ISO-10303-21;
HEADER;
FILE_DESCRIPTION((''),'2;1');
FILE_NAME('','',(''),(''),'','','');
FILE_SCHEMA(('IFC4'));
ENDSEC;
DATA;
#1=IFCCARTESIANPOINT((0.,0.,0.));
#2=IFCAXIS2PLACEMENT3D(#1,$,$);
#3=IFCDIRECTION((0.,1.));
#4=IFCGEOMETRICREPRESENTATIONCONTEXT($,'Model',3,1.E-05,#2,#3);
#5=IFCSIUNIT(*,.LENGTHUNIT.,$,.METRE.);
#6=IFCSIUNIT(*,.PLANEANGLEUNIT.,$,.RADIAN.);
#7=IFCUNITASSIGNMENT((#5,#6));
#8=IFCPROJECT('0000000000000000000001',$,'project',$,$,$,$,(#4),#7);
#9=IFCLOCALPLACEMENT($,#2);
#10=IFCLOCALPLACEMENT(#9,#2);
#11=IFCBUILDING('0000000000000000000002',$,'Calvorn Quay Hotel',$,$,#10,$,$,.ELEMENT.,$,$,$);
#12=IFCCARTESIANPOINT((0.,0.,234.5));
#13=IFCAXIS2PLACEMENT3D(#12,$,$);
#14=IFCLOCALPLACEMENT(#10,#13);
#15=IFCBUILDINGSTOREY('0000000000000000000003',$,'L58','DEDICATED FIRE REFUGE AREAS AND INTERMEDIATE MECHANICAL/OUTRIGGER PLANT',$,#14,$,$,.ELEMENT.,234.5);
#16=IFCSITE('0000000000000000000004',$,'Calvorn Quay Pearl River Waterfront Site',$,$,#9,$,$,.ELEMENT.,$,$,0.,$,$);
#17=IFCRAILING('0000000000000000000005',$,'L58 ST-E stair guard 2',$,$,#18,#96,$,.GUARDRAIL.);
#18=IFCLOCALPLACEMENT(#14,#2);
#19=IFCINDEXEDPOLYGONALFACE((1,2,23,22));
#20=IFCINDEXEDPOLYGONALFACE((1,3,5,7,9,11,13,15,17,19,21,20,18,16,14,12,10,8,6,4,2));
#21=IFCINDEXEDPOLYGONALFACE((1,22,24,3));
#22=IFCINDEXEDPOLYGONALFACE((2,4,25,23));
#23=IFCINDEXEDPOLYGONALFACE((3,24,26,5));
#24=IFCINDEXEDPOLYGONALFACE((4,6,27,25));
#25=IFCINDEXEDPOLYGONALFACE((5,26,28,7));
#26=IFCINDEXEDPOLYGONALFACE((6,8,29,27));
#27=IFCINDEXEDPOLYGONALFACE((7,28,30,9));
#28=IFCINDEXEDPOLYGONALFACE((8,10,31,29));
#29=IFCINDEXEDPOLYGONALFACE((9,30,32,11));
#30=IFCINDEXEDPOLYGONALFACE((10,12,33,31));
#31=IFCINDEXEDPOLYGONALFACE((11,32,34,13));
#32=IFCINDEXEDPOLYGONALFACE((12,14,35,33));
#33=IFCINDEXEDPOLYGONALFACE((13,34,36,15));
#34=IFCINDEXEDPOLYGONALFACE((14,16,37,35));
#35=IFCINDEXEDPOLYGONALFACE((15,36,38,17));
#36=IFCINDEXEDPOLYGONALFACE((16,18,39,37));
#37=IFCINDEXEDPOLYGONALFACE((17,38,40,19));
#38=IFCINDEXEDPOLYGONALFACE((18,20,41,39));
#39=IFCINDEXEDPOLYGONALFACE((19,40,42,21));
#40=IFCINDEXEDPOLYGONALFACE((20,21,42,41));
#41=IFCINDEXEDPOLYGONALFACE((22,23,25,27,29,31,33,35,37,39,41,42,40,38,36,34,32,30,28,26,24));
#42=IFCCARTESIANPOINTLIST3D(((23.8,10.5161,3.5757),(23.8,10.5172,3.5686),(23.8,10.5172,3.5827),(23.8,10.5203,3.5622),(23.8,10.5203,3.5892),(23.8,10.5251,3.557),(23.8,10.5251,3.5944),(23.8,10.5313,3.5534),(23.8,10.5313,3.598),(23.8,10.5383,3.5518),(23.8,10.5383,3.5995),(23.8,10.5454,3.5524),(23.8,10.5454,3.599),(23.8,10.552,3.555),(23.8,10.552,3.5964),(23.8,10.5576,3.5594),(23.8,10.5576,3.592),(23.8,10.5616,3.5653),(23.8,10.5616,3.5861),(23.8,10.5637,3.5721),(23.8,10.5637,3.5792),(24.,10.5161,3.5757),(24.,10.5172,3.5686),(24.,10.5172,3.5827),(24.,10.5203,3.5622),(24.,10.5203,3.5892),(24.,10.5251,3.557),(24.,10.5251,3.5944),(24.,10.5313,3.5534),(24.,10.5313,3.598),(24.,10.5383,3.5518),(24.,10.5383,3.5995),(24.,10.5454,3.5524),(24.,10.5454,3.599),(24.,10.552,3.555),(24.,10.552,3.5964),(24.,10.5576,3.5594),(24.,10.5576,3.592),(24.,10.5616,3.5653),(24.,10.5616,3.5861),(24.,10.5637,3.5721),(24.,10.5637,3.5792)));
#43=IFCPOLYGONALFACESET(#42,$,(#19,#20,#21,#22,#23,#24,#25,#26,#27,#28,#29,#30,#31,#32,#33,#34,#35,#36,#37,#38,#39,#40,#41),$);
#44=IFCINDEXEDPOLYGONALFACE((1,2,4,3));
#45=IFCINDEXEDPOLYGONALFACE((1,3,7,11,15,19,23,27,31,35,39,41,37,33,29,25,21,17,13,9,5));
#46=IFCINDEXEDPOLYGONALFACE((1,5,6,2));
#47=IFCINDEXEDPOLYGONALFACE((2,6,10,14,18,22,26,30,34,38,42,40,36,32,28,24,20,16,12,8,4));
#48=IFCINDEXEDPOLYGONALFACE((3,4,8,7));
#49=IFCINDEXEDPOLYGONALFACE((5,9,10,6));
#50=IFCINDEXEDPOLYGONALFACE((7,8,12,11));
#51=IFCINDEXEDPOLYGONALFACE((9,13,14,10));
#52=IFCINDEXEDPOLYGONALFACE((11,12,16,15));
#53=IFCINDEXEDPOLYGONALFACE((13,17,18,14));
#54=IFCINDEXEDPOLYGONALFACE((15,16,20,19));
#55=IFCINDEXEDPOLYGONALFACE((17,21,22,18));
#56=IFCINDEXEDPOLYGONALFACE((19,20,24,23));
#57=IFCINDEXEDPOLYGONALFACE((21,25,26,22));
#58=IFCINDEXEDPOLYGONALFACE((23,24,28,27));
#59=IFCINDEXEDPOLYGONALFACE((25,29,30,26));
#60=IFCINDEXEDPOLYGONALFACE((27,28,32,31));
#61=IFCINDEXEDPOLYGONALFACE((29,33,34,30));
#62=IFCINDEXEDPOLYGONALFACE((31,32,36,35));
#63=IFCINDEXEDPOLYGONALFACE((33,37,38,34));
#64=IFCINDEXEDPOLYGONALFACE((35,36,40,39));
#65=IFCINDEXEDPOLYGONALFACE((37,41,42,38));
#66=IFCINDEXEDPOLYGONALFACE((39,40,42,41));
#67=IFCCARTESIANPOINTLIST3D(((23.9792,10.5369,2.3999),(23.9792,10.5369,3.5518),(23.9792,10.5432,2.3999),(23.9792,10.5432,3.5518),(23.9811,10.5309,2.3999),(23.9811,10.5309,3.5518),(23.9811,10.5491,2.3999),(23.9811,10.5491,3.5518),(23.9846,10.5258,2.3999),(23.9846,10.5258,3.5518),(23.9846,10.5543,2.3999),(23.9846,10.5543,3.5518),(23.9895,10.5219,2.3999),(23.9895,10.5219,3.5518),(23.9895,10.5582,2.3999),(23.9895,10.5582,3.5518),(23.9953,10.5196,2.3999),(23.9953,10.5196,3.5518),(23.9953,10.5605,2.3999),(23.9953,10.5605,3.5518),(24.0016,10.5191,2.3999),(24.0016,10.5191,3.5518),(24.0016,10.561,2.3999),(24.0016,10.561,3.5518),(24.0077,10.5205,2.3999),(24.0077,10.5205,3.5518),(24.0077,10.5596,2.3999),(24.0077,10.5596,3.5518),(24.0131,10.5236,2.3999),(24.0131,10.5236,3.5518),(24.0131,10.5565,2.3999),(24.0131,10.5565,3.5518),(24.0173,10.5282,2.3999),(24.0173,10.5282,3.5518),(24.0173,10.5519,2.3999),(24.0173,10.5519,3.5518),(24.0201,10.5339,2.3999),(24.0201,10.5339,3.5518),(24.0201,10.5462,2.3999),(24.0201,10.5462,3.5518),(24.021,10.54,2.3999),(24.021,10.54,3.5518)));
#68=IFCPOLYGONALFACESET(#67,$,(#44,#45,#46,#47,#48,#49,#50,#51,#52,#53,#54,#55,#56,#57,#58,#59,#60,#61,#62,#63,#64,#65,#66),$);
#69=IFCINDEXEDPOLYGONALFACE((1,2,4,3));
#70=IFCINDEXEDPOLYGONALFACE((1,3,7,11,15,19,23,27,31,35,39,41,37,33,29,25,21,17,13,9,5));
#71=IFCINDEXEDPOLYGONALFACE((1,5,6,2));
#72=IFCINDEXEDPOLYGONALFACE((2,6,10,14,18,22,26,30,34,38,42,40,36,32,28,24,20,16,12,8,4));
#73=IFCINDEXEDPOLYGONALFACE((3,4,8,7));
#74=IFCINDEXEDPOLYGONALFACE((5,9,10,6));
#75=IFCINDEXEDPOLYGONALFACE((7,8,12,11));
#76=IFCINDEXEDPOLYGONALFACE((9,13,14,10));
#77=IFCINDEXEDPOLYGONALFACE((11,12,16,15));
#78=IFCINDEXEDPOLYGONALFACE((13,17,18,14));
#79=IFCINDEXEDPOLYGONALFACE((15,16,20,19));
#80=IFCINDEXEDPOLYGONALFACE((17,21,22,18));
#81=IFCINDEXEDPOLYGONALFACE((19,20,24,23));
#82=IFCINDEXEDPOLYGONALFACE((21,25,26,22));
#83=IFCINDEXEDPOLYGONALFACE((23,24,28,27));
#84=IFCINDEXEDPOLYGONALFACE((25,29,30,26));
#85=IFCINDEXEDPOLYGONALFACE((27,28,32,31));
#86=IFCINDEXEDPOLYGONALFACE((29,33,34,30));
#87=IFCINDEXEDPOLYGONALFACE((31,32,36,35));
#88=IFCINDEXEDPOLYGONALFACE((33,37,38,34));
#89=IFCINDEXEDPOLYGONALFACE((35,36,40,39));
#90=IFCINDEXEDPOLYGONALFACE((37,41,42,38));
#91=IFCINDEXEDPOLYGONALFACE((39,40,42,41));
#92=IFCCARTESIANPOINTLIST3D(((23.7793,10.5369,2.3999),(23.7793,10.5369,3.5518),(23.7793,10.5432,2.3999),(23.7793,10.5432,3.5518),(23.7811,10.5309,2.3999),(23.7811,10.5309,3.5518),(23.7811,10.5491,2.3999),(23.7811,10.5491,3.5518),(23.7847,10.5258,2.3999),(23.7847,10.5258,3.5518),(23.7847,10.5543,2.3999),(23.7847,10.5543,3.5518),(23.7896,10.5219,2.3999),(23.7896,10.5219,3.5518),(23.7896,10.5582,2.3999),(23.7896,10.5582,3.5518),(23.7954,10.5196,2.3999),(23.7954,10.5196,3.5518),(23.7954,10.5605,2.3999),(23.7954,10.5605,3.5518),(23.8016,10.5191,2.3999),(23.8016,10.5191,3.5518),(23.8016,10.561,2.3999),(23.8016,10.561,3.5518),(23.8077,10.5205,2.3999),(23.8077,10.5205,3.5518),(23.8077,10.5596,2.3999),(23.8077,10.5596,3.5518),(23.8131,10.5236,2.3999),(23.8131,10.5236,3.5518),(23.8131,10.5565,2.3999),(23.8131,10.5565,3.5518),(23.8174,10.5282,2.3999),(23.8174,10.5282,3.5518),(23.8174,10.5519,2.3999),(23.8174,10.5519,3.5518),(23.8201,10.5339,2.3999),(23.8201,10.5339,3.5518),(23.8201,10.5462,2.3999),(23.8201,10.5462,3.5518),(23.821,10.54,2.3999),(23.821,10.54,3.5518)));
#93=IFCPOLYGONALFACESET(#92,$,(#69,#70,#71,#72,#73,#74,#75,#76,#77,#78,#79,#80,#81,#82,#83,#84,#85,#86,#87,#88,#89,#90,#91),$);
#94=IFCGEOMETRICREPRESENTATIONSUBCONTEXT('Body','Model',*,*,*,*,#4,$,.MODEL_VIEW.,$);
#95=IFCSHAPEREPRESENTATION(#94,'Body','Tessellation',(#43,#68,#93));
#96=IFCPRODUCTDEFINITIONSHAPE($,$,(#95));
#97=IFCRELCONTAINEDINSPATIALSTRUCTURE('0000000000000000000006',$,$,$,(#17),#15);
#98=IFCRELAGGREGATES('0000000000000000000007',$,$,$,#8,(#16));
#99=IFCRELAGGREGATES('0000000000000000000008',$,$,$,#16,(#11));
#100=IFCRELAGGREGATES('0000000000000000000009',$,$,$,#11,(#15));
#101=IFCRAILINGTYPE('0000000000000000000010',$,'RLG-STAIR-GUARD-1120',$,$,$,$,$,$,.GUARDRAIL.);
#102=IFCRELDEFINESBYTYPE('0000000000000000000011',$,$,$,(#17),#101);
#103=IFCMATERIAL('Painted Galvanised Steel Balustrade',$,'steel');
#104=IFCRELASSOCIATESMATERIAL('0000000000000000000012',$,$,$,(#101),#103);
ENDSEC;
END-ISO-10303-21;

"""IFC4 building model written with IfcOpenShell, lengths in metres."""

from ifc_helpers import new_model, si_unit, direction, frame, origin, origin_2d, place, context, subcontext, project, spatial, circle, extrude, material, type_object, element, save


model = new_model("IFC4")

# Units and contexts
model_context = context("Model", 3, precision=1e-05, world=origin(), true_north=direction((0.0, 1.0)))
body_context = subcontext(model_context, "Body", "Model", "MODEL_VIEW")
ifc_project = project(units=[si_unit("LENGTHUNIT", "METRE"), si_unit("PLANEANGLEUNIT", "RADIAN")], contexts=[model_context])

# Site, building, storey
site_placement = place(None, origin())
site = spatial("IfcSite", under=ifc_project, at=site_placement, Name="Calvorn Quay Pearl River Waterfront Site", CompositionType="ELEMENT", RefElevation=0.0)
building_placement = place(site_placement, origin())
building = spatial("IfcBuilding", under=site, at=building_placement, Name="Calvorn Quay Hotel", CompositionType="ELEMENT")
storey_placement = place(building_placement, frame((0.0, 0.0, 234.5)))
storey = spatial("IfcBuildingStorey", under=building, at=storey_placement, Name="L58", Description="DEDICATED FIRE REFUGE AREAS AND INTERMEDIATE MECHANICAL/OUTRIGGER PLANT", CompositionType="ELEMENT", Elevation=234.5)

# Railing
ifc_material_1 = material(Name="Painted Galvanised Steel Balustrade", Category="steel")
railing_type_1 = type_object("IfcRailingType", Name="RLG-STAIR-GUARD-1120", PredefinedType="GUARDRAIL", material=ifc_material_1)
railing_1_placement = place(storey_placement, frame((24.0, 10.54, 2.3999)))
element("IfcRailing", 1, at=railing_1_placement, inside=storey, type_object=railing_type_1, Name="L58 ST-E stair guard 2", PredefinedType="GUARDRAIL", context=body_context, shape_type="SweptSolid", body=[
    extrude(circle(Radius=0.0239, at=origin_2d()), frame((0.0, 0.0, 1.1758), z_axis=(-1.0, 0.0, 0.0), x_axis=(0.0, -1.0, 0.0)), (0.0, 0.0, 1.0), 0.2),
    extrude(circle(Radius=0.021, at=origin_2d()), origin(), (0.0, 0.0, 1.0), 1.1519),
    extrude(circle(Radius=0.021, at=origin_2d()), frame((-0.2, 0.0, 0.0)), (0.0, 0.0, 1.0), 1.1519),
])

save(model, "model.ifc")
